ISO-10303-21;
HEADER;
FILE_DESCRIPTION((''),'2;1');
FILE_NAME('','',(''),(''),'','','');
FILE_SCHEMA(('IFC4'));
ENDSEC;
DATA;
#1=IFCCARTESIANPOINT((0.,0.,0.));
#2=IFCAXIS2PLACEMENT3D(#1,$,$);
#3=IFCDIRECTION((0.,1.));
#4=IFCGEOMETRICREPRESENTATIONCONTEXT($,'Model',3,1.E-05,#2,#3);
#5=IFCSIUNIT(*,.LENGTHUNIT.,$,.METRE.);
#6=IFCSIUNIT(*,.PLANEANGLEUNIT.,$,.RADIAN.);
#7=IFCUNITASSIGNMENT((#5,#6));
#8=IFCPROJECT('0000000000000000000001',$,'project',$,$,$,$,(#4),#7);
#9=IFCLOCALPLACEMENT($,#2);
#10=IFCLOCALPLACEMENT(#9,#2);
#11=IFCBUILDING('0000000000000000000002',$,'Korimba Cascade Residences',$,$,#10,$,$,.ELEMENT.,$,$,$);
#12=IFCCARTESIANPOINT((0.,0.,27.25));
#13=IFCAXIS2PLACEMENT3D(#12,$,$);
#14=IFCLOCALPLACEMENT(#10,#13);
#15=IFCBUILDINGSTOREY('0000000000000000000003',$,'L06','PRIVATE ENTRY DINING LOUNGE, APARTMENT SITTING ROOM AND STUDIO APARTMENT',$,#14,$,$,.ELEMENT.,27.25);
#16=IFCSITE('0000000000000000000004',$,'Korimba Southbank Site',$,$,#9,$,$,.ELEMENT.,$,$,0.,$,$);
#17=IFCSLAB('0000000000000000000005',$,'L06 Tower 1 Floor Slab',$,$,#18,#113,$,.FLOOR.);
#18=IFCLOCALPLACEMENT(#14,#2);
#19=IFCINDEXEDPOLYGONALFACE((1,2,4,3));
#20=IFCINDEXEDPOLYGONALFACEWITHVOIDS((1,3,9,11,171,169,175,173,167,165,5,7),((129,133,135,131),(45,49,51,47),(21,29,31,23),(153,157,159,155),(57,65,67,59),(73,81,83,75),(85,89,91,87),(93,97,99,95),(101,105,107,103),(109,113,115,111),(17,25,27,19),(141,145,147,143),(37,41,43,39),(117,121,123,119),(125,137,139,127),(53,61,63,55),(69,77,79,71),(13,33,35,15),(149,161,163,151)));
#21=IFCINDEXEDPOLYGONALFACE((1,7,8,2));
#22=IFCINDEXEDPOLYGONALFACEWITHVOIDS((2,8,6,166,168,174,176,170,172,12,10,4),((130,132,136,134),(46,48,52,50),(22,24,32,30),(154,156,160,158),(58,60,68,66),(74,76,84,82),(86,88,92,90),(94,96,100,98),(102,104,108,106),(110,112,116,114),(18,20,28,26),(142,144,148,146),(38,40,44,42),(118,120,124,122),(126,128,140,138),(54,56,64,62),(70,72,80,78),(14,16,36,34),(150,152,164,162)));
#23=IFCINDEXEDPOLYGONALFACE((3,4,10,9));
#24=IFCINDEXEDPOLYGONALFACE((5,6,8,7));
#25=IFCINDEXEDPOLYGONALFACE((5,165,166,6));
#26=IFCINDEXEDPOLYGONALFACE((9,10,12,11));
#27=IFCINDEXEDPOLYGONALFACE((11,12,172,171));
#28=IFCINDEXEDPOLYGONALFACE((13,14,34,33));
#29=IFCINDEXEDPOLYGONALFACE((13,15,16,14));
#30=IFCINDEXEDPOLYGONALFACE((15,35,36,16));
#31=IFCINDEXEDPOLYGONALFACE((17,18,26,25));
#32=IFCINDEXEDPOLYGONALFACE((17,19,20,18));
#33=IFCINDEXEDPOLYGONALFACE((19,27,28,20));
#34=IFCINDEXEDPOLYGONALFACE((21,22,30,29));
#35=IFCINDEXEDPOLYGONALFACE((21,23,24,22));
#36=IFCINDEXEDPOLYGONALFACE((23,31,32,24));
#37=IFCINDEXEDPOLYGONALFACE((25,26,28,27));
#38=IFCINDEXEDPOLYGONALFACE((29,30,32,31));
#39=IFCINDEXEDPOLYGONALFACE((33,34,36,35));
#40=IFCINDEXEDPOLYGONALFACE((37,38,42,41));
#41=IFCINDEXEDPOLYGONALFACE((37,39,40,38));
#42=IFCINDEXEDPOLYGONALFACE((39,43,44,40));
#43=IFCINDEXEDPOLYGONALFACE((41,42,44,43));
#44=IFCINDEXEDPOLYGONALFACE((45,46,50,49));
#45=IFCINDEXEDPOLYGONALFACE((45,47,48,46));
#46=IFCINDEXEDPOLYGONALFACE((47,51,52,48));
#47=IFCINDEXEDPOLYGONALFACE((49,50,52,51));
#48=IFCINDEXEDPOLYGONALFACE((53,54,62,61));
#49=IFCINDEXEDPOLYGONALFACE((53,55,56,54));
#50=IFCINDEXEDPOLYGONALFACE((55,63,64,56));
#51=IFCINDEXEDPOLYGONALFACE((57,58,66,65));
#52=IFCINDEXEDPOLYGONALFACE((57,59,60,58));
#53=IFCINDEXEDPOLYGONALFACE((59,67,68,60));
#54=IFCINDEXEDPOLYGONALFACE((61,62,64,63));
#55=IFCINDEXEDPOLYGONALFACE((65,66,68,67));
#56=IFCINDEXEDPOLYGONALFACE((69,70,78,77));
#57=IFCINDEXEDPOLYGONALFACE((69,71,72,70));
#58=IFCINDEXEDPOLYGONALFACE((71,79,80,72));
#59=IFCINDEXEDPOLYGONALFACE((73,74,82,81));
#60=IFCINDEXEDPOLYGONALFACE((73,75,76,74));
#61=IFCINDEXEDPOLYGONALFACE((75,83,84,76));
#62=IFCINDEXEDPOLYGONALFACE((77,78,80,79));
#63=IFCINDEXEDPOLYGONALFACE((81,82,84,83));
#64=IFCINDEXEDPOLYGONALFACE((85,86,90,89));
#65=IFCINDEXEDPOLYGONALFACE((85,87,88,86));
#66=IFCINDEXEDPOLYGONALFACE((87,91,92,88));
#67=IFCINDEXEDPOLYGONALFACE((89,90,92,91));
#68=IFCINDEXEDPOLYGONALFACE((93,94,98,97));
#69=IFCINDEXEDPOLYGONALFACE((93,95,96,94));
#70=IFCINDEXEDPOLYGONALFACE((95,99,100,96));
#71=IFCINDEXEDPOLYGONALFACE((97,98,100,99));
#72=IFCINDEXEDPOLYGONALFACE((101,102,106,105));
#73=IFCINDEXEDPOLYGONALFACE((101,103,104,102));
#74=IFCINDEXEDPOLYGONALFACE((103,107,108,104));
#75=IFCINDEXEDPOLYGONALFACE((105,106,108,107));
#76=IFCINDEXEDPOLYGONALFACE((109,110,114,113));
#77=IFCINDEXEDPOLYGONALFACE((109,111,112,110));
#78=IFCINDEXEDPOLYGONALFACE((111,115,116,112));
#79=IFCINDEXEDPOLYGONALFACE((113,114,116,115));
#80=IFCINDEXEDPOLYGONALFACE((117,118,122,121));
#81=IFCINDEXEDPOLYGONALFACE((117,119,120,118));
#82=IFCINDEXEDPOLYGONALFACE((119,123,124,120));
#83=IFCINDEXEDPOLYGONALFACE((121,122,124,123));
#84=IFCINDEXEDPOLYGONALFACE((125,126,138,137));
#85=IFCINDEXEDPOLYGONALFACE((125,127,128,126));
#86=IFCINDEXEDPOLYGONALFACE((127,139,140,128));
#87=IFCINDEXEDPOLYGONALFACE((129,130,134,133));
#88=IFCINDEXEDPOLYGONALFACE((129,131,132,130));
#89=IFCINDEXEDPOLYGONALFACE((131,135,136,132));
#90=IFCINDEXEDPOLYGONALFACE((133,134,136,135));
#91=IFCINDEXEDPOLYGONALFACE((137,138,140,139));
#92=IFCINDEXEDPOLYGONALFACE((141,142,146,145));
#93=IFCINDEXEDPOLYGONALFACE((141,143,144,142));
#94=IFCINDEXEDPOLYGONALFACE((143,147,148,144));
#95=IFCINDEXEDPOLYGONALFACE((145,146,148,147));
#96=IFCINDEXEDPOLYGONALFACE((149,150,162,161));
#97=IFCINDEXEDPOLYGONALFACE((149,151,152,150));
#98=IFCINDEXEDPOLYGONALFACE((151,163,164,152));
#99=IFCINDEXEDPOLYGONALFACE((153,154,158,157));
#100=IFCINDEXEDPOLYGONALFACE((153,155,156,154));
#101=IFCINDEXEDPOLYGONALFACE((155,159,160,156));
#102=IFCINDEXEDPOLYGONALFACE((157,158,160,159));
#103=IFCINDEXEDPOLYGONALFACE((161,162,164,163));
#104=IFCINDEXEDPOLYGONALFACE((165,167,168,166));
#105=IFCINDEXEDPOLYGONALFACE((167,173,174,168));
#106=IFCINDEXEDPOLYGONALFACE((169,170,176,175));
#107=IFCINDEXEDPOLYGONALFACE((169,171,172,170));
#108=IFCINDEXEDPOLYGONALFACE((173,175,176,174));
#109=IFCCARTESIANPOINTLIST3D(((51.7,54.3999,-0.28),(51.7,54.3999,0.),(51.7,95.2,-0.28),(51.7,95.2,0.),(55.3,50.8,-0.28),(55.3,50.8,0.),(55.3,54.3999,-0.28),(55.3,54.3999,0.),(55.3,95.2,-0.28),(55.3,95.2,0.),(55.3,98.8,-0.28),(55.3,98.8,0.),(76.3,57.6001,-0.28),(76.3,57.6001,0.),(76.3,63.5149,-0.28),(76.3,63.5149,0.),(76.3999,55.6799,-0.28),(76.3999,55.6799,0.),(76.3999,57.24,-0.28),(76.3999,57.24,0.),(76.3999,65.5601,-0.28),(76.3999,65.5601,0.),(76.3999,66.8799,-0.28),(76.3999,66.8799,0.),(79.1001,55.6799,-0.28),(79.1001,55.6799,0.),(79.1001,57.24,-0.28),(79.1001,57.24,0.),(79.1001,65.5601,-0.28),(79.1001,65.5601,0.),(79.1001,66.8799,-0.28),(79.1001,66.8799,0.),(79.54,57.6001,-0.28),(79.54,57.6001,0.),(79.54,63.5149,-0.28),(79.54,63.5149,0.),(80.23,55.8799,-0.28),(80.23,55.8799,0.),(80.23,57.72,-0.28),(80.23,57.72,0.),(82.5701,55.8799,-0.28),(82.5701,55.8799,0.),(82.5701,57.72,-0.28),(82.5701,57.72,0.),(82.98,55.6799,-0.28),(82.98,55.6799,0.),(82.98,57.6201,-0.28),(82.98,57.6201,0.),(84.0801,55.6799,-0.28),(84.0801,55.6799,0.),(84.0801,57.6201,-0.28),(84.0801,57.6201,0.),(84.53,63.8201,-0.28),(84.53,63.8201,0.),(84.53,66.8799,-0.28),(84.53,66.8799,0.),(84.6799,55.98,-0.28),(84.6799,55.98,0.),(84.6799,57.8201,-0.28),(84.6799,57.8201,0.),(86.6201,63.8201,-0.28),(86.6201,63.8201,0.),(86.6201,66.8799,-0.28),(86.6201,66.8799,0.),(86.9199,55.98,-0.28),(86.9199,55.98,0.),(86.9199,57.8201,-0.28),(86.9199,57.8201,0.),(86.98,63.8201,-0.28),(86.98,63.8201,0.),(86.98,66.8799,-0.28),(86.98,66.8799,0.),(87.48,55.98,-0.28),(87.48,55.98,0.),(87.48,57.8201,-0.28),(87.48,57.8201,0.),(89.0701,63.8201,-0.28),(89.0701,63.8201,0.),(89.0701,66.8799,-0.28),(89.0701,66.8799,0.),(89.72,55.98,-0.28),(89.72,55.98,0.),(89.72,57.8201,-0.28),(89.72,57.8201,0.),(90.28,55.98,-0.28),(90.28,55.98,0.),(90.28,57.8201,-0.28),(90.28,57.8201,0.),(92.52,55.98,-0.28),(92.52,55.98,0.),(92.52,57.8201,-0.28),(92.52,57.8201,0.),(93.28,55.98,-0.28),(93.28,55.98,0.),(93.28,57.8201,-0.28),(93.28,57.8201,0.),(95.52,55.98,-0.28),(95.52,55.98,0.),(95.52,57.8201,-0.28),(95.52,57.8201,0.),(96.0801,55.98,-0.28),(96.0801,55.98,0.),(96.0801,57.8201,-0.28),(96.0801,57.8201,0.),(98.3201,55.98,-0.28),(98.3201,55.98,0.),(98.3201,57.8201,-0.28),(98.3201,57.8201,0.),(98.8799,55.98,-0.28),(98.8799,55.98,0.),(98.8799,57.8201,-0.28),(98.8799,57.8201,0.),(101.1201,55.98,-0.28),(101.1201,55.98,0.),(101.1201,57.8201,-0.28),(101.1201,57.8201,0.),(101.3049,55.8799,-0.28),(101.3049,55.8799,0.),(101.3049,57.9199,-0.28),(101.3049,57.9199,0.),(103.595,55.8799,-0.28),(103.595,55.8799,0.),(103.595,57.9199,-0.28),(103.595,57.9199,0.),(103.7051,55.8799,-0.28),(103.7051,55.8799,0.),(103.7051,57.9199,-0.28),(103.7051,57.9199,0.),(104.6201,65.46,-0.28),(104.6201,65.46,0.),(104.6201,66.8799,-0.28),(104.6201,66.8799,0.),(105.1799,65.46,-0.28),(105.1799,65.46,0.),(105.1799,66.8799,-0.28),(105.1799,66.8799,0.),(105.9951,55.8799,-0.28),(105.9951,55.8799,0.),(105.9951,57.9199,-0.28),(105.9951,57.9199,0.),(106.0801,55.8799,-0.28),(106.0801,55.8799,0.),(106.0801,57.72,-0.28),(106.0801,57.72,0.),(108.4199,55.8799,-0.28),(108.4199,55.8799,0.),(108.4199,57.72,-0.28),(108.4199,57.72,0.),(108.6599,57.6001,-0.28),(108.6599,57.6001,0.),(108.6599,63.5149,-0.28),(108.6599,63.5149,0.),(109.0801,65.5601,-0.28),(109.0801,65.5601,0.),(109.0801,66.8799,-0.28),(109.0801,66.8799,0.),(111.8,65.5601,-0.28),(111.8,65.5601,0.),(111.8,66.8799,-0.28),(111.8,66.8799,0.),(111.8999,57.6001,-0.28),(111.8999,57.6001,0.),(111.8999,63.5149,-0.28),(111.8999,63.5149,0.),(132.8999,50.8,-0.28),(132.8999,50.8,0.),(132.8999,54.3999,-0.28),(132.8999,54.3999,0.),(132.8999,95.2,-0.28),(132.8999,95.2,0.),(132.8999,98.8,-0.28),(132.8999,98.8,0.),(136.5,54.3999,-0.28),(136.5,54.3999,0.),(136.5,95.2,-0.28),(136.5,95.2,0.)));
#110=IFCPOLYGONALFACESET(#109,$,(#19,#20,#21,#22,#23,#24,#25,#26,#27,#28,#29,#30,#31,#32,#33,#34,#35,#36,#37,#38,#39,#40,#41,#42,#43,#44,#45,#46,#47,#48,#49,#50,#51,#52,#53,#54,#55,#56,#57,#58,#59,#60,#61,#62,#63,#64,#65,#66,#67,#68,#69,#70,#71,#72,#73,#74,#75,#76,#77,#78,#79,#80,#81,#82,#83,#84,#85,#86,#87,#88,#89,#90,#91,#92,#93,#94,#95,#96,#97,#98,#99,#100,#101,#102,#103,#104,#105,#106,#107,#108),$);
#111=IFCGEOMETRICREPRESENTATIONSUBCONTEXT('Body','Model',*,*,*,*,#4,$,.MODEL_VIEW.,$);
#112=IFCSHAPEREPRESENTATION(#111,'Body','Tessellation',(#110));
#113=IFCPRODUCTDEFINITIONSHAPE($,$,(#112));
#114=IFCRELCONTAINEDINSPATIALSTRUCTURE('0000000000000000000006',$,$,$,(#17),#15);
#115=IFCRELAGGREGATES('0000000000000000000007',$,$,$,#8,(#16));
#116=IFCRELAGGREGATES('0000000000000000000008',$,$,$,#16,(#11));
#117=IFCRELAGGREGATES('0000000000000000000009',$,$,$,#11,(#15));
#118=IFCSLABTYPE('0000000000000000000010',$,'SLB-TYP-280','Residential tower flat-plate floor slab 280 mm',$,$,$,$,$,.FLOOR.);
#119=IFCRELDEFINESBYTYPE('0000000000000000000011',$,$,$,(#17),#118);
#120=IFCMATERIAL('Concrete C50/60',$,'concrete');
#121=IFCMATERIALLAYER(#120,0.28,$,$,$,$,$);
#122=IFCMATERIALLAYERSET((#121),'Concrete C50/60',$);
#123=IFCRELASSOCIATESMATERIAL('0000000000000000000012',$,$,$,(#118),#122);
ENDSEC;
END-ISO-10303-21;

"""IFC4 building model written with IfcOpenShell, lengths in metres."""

from ifc_helpers import new_model, si_unit, direction, frame, origin, place, context, subcontext, project, spatial, polyline, outline, extrude, material, layer, layer_set, type_object, element, save


model = new_model("IFC4")

# Units and contexts
model_context = context("Model", 3, precision=1e-05, world=origin(), true_north=direction((0.0, 1.0)))
body_context = subcontext(model_context, "Body", "Model", "MODEL_VIEW")
ifc_project = project(units=[si_unit("LENGTHUNIT", "METRE"), si_unit("PLANEANGLEUNIT", "RADIAN")], contexts=[model_context])

# Site, building, storey
site_placement = place(None, origin())
site = spatial("IfcSite", under=ifc_project, at=site_placement, Name="Korimba Southbank Site", CompositionType="ELEMENT", RefElevation=0.0)
building_placement = place(site_placement, origin())
building = spatial("IfcBuilding", under=site, at=building_placement, Name="Korimba Cascade Residences", CompositionType="ELEMENT")
storey_placement = place(building_placement, frame((0.0, 0.0, 27.25)))
storey = spatial("IfcBuildingStorey", under=building, at=storey_placement, Name="L06", Description="PRIVATE ENTRY DINING LOUNGE, APARTMENT SITTING ROOM AND STUDIO APARTMENT", CompositionType="ELEMENT", Elevation=27.25)

# Shared definitions
ifc_material_1 = material(Name="Concrete C50/60", Category="concrete")

# Slab
ifc_layer_1 = layer(ifc_material_1, 0.28)
ifc_layer_set_1 = layer_set([ifc_layer_1], Name="Concrete C50/60")
slab_type_1 = type_object("IfcSlabType", Name="SLB-TYP-280", Description="Residential tower flat-plate floor slab 280 mm", PredefinedType="FLOOR", material=ifc_layer_set_1)
slab_1_placement = place(storey_placement, frame((0.0, 0.0, -0.28)))
element("IfcSlab", 1, at=slab_1_placement, inside=storey, type_object=slab_type_1, Name="L06 Tower 1 Floor Slab", PredefinedType="FLOOR", context=body_context, shape_type="SweptSolid", body=[
    extrude(outline(polyline([(55.3, 50.8), (132.8999, 50.8), (132.8999, 54.3999), (136.5, 54.3999), (136.5, 95.2), (132.8999, 95.2), (132.8999, 98.8), (55.3, 98.8), (55.3, 95.2), (51.7, 95.2), (51.7, 54.3999), (55.3, 54.3999), (55.3, 50.8)]), holes=[polyline([(76.3, 63.5149), (76.3, 57.6001), (79.54, 57.6001), (79.54, 63.5149), (76.3, 63.5149)]), polyline([(108.6599, 63.5149), (108.6599, 57.6001), (111.8999, 57.6001), (111.8999, 63.5149), (108.6599, 63.5149)]), polyline([(80.23, 55.8799), (82.5701, 55.8799), (82.5701, 57.72), (80.23, 57.72), (80.23, 55.8799)]), polyline([(106.0801, 55.8799), (108.4199, 55.8799), (108.4199, 57.72), (106.0801, 57.72), (106.0801, 55.8799)]), polyline([(84.6799, 55.98), (86.9199, 55.98), (86.9199, 57.8201), (84.6799, 57.8201), (84.6799, 55.98)]), polyline([(87.48, 55.98), (89.72, 55.98), (89.72, 57.8201), (87.48, 57.8201), (87.48, 55.98)]), polyline([(90.28, 55.98), (92.52, 55.98), (92.52, 57.8201), (90.28, 57.8201), (90.28, 55.98)]), polyline([(93.28, 55.98), (95.52, 55.98), (95.52, 57.8201), (93.28, 57.8201), (93.28, 55.98)]), polyline([(96.0801, 55.98), (98.3201, 55.98), (98.3201, 57.8201), (96.0801, 57.8201), (96.0801, 55.98)]), polyline([(98.8799, 55.98), (101.1201, 55.98), (101.1201, 57.8201), (98.8799, 57.8201), (98.8799, 55.98)]), polyline([(101.3049, 55.8799), (103.595, 55.8799), (103.595, 57.9199), (101.3049, 57.9199), (101.3049, 55.8799)]), polyline([(103.7051, 55.8799), (105.9951, 55.8799), (105.9951, 57.9199), (103.7051, 57.9199), (103.7051, 55.8799)]), polyline([(82.98, 55.6799), (84.0801, 55.6799), (84.0801, 57.6201), (82.98, 57.6201), (82.98, 55.6799)]), polyline([(76.3999, 65.5601), (79.1001, 65.5601), (79.1001, 66.8799), (76.3999, 66.8799), (76.3999, 65.5601)]), polyline([(76.3999, 55.6799), (79.1001, 55.6799), (79.1001, 57.24), (76.3999, 57.24), (76.3999, 55.6799)]), polyline([(84.53, 63.8201), (86.6201, 63.8201), (86.6201, 66.8799), (84.53, 66.8799), (84.53, 63.8201)]), polyline([(86.98, 63.8201), (89.0701, 63.8201), (89.0701, 66.8799), (86.98, 66.8799), (86.98, 63.8201)]), polyline([(104.6201, 65.46), (105.1799, 65.46), (105.1799, 66.8799), (104.6201, 66.8799), (104.6201, 65.46)]), polyline([(109.0801, 65.5601), (111.8, 65.5601), (111.8, 66.8799), (109.0801, 66.8799), (109.0801, 65.5601)])]), origin(), (0.0, 0.0, 1.0), 0.28),
])

save(model, "model.ifc")
